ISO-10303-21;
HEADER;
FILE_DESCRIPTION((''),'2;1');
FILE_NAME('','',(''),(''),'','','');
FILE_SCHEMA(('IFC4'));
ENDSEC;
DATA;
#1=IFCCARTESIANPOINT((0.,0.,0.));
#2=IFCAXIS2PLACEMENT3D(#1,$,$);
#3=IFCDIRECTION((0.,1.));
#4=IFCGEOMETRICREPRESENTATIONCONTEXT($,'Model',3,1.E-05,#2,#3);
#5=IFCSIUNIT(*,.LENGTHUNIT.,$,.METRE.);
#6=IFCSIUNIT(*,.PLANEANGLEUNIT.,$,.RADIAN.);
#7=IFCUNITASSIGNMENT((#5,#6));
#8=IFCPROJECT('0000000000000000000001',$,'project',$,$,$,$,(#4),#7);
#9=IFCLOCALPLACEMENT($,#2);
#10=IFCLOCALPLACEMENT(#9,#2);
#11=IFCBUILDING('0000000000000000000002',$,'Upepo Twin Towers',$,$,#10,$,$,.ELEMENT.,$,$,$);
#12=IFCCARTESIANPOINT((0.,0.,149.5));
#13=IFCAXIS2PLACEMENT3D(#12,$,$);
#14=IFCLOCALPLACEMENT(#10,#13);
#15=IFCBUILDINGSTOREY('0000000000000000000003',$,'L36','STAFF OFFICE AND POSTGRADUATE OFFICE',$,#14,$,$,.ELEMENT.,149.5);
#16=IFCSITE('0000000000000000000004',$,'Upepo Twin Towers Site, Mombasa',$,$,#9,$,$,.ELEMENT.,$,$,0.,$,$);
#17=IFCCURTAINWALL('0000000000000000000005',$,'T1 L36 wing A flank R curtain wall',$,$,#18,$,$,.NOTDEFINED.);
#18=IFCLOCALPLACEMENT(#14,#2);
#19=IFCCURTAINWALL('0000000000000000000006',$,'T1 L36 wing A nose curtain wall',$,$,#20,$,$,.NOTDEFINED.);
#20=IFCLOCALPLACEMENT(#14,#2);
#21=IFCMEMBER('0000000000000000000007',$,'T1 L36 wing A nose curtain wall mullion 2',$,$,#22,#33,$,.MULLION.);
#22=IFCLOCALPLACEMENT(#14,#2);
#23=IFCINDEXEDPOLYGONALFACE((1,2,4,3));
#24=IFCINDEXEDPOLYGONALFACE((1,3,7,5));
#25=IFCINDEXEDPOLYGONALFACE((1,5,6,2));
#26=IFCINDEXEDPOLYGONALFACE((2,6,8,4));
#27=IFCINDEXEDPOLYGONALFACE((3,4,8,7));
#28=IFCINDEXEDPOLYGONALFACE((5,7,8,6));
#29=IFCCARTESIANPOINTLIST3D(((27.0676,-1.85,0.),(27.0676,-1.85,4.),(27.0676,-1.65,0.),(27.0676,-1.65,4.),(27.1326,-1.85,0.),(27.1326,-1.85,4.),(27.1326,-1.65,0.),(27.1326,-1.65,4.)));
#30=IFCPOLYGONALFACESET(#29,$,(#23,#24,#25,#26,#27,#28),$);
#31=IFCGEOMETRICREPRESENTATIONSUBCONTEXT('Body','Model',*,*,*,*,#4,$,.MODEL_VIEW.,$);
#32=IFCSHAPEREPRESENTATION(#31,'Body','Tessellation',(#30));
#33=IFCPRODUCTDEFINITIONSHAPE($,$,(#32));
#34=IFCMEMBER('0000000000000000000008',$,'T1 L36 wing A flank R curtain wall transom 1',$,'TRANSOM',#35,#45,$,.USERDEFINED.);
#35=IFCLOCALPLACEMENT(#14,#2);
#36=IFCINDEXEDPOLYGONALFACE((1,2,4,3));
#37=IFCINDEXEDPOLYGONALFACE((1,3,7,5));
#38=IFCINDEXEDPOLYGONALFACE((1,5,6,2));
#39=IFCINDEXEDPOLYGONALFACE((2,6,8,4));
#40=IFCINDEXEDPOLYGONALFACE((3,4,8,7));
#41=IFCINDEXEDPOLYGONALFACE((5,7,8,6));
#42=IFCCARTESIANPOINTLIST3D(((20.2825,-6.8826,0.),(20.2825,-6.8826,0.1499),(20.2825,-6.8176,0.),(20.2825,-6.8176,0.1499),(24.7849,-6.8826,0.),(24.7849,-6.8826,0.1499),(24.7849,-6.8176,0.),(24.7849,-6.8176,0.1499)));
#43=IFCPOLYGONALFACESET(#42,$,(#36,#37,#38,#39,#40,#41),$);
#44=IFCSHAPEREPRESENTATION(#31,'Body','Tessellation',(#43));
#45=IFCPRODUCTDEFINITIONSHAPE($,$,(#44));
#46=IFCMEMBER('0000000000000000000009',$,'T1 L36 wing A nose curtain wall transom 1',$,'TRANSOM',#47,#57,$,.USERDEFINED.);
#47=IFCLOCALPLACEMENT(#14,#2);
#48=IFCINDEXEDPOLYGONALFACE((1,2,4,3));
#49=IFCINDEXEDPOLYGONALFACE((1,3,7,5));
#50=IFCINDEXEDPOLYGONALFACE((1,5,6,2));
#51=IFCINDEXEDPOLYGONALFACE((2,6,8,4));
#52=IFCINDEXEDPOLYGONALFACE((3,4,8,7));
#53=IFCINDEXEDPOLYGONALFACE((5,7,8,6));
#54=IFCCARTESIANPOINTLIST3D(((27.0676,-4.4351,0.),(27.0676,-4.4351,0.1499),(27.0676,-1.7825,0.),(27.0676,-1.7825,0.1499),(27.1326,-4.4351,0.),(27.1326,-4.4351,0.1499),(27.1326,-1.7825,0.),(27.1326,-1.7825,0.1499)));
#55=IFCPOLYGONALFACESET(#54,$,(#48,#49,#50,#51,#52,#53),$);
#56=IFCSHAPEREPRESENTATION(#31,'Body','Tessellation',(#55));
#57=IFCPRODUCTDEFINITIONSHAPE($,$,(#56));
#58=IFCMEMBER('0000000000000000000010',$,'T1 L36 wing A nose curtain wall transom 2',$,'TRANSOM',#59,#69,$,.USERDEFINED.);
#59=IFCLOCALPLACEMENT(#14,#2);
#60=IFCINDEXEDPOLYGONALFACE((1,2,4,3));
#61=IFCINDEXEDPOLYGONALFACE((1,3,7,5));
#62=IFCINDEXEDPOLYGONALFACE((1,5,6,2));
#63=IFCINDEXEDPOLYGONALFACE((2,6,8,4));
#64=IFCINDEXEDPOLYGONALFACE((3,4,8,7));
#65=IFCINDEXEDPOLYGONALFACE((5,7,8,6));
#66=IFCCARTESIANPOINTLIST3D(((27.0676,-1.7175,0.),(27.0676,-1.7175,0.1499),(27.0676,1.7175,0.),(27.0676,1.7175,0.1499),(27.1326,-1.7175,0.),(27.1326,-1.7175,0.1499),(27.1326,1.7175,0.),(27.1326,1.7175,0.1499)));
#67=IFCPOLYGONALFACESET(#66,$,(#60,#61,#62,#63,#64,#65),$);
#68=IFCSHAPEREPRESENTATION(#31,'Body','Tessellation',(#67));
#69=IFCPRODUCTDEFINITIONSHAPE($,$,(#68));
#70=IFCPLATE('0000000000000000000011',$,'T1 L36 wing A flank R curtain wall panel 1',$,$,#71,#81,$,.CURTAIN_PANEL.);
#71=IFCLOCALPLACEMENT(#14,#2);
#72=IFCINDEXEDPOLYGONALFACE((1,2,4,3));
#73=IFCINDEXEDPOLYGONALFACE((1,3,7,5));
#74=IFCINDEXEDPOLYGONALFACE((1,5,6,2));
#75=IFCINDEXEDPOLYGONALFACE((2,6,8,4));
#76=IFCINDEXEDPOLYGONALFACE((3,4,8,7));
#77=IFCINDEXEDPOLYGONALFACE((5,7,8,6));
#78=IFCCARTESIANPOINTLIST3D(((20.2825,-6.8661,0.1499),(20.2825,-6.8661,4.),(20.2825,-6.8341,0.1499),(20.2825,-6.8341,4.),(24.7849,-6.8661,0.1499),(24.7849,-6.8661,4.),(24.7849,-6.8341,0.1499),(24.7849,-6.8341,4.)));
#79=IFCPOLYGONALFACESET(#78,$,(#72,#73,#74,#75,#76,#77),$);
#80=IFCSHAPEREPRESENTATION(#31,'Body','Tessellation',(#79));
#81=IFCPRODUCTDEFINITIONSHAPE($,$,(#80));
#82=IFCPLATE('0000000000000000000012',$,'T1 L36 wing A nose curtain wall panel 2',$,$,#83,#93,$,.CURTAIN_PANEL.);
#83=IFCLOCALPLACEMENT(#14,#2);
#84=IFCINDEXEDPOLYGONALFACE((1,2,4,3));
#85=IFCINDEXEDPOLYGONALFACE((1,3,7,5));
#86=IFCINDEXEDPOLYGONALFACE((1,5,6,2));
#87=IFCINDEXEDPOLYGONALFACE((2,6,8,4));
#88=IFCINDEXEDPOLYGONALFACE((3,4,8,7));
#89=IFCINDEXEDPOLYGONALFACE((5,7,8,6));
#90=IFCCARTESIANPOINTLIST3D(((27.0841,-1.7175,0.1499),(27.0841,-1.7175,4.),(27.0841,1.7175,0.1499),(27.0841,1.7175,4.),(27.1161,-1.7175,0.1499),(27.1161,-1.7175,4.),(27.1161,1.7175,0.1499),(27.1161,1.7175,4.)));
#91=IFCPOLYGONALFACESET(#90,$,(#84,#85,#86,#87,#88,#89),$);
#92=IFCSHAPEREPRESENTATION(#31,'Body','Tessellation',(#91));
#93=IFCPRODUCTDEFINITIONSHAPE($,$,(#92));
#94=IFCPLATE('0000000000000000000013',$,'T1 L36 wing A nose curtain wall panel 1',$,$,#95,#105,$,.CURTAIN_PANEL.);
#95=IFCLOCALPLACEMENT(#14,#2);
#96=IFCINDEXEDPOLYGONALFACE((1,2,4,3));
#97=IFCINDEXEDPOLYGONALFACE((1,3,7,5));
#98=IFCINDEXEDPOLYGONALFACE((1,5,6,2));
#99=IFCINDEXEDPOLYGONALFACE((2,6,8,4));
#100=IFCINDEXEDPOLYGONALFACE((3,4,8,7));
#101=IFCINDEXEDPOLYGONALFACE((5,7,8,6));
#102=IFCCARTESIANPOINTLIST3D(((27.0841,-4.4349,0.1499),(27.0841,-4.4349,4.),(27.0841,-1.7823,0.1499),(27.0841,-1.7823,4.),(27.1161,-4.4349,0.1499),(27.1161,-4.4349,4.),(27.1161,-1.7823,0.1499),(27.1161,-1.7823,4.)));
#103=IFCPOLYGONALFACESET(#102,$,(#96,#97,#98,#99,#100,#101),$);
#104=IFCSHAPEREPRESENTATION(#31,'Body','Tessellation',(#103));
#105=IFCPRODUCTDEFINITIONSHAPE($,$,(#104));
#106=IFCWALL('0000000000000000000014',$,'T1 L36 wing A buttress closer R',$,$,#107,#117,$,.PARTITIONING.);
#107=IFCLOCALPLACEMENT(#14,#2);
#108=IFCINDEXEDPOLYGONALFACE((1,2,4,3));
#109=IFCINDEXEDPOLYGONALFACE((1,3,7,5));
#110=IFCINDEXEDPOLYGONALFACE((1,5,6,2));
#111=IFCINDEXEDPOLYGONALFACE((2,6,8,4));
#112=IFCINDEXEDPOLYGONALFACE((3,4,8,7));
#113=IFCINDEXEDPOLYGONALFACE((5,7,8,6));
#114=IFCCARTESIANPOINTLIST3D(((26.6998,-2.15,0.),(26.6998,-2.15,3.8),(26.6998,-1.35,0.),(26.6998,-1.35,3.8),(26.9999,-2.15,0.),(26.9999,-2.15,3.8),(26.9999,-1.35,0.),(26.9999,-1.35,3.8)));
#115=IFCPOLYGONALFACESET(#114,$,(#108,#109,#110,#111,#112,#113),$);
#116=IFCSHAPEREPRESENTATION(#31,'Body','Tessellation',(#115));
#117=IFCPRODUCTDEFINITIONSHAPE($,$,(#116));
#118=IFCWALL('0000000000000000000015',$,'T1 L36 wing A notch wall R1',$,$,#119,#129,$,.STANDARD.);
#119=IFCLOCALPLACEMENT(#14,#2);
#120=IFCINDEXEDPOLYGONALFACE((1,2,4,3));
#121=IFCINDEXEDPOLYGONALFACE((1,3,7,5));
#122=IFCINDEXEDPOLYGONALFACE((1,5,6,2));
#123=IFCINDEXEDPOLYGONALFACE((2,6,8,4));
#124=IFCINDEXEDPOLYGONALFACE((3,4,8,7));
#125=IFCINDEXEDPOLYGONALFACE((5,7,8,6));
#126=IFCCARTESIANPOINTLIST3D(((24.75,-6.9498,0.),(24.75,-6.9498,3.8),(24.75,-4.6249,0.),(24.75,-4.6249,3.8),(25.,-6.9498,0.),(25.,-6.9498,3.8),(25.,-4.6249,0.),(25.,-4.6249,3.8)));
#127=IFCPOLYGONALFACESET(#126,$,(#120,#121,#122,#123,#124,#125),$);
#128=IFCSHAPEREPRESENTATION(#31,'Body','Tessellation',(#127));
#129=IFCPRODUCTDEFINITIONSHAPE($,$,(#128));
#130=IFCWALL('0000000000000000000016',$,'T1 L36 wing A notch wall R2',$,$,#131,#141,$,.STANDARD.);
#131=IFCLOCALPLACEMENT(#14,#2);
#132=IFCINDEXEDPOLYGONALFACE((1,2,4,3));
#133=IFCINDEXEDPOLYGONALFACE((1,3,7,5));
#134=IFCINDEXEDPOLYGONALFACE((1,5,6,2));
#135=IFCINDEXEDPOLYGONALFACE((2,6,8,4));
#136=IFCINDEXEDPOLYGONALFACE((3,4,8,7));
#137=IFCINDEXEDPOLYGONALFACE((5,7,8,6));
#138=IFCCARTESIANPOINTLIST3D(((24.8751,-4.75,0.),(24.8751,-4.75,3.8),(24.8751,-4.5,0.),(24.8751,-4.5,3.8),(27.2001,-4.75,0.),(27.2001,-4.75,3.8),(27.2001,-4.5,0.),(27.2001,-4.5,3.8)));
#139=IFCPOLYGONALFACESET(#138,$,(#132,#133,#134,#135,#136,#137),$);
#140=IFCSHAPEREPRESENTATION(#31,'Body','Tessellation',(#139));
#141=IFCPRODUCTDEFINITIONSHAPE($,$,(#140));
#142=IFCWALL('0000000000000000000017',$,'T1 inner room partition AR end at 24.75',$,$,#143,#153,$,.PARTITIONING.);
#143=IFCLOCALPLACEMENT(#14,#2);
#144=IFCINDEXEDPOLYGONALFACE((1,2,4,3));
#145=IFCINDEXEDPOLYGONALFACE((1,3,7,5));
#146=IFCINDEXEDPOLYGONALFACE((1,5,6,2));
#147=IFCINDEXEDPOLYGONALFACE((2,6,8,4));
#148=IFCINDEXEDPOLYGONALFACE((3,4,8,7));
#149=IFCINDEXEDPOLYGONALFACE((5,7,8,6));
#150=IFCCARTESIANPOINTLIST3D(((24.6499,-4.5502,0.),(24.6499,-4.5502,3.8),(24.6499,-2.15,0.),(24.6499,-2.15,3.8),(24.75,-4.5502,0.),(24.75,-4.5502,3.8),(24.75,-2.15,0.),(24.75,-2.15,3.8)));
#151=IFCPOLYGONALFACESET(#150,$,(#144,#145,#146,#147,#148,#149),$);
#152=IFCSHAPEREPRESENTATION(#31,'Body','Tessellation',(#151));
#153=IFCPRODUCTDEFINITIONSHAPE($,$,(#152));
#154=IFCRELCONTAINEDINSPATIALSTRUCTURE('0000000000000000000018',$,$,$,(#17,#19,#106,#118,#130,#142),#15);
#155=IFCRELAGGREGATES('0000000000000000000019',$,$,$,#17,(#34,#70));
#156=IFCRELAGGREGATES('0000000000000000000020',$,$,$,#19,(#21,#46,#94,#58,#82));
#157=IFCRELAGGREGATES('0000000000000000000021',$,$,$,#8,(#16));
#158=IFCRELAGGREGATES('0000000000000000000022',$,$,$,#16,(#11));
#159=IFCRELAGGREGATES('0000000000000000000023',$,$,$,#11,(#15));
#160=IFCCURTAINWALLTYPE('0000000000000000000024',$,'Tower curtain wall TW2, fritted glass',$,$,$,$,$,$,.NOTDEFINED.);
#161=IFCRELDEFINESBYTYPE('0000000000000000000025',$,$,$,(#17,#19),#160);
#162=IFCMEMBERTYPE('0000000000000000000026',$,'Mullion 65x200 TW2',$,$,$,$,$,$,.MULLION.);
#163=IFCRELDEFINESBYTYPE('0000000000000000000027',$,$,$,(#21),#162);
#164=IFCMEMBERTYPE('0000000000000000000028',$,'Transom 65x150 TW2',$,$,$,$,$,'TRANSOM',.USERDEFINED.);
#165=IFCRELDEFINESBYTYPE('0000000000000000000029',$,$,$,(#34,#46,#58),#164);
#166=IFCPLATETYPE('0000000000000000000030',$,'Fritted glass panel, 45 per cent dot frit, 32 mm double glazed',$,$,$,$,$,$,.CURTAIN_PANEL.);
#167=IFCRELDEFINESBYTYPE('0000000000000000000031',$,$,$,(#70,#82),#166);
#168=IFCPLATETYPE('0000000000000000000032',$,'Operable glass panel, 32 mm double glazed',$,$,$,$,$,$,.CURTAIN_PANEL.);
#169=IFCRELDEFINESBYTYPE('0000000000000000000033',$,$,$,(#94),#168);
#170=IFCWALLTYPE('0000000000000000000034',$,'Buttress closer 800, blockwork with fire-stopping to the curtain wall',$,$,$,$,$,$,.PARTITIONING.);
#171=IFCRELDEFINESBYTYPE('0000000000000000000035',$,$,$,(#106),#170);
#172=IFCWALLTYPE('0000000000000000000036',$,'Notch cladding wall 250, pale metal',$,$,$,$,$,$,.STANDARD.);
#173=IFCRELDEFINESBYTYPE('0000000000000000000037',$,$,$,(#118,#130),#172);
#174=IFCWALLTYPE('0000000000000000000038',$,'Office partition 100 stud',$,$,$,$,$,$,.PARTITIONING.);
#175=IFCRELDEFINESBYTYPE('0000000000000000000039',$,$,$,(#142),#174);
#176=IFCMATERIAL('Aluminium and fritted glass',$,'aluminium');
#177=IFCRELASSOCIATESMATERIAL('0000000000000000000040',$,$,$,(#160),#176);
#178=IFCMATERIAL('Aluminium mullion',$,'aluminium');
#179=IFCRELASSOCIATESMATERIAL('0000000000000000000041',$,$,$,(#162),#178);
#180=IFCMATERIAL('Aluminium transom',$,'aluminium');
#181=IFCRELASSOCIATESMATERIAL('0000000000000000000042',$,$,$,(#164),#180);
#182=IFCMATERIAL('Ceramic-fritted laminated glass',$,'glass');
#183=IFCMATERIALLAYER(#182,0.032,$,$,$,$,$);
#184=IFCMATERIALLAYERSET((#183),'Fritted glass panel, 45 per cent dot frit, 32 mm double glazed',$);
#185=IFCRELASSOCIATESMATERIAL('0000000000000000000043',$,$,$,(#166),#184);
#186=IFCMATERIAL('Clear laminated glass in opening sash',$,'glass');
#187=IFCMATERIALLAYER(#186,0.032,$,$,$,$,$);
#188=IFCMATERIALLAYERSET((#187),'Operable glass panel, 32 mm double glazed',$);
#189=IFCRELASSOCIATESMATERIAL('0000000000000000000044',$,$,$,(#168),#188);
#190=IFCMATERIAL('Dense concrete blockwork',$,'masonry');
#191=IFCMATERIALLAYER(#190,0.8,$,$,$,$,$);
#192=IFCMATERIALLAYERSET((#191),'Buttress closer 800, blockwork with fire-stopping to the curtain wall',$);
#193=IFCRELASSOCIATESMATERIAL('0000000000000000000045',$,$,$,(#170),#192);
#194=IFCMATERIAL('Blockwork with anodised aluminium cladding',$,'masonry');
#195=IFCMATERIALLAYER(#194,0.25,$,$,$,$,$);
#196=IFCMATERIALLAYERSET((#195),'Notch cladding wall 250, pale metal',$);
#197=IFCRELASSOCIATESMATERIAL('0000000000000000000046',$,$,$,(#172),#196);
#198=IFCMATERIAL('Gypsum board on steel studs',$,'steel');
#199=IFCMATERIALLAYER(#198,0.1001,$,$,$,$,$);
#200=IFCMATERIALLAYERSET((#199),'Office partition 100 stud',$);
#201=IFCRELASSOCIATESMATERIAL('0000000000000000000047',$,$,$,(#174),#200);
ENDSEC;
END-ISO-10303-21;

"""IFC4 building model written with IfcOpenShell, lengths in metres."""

from ifc_helpers import new_model, si_unit, direction, frame, frame_2d, origin, origin_2d, place, context, subcontext, project, spatial, rectangle, extrude, material, layer, layer_set, material_profile, profile_set, type_object, element, aggregate, save


model = new_model("IFC4")

# Units and contexts
model_context = context("Model", 3, precision=1e-05, world=origin(), true_north=direction((0.0, 1.0)))
body_context = subcontext(model_context, "Body", "Model", "MODEL_VIEW")
ifc_project = project(units=[si_unit("LENGTHUNIT", "METRE"), si_unit("PLANEANGLEUNIT", "RADIAN")], contexts=[model_context])

# Site, building, storey
site_placement = place(None, origin())
site = spatial("IfcSite", under=ifc_project, at=site_placement, Name="Upepo Twin Towers Site, Mombasa", CompositionType="ELEMENT", RefElevation=0.0)
building_placement = place(site_placement, origin())
building = spatial("IfcBuilding", under=site, at=building_placement, Name="Upepo Twin Towers", CompositionType="ELEMENT")
storey_placement = place(building_placement, frame((0.0, 0.0, 149.5)))
storey = spatial("IfcBuildingStorey", under=building, at=storey_placement, Name="L36", Description="STAFF OFFICE AND POSTGRADUATE OFFICE", CompositionType="ELEMENT", Elevation=149.5)

# Curtain wall
ifc_material_1 = material(Name="Aluminium and fritted glass", Category="aluminium")
curtain_wall_type = type_object("IfcCurtainWallType", Name="Tower curtain wall TW2, fritted glass", PredefinedType="NOTDEFINED", material=ifc_material_1)
curtain_wall_1_placement = place(storey_placement, origin())
curtain_wall_1 = element("IfcCurtainWall", 1, at=curtain_wall_1_placement, inside=storey, type_object=curtain_wall_type, Name="T1 L36 wing A flank R curtain wall", PredefinedType="NOTDEFINED")
ifc_material_2 = material(Name="Aluminium mullion", Category="aluminium")
ifc_material_profile_1 = material_profile(ifc_material_2, rectangle(XDim=0.0649, YDim=0.2, at=origin_2d()), Name="MULLION 65x200")
ifc_profile_set_1 = profile_set([ifc_material_profile_1], Name="Aluminium mullion")
member_type_1 = type_object("IfcMemberType", Name="Mullion 65x200 TW2", PredefinedType="MULLION", material=ifc_profile_set_1)

# Curtain wall, member
curtain_wall_2_placement = place(storey_placement, origin())
curtain_wall_2 = element("IfcCurtainWall", 2, at=curtain_wall_2_placement, inside=storey, type_object=curtain_wall_type, Name="T1 L36 wing A nose curtain wall", PredefinedType="NOTDEFINED")
member_1_placement = place(storey_placement, frame((27.1001, -1.75, 0.0), z_axis=(0.0, 0.0, 1.0), x_axis=(-1.0, 0.0, 0.0)))
member_1 = element("IfcMember", 3, at=member_1_placement, type_object=member_type_1, Name="T1 L36 wing A nose curtain wall mullion 2", PredefinedType="MULLION", context=body_context, shape_type="SweptSolid", body=[
    extrude(rectangle(XDim=0.0649, YDim=0.2, at=origin_2d()), origin(), (0.0, 0.0, 1.0), 4.0),
])

# Members
ifc_material_3 = material(Name="Aluminium transom", Category="aluminium")
ifc_material_profile_2 = material_profile(ifc_material_3, rectangle(XDim=0.0649, YDim=0.1499, at=origin_2d()), Name="TRANSOM 65x150")
ifc_profile_set_2 = profile_set([ifc_material_profile_2], Name="Aluminium transom")
member_type_2 = type_object("IfcMemberType", Name="Transom 65x150 TW2", ElementType="TRANSOM", PredefinedType="USERDEFINED", material=ifc_profile_set_2)
member_2_placement = place(storey_placement, frame((24.7849, -6.8501, 0.075), z_axis=(-1.0, 0.0, 0.0), x_axis=(0.0, -1.0, 0.0)))
member_2 = element("IfcMember", 4, at=member_2_placement, type_object=member_type_2, Name="T1 L36 wing A flank R curtain wall transom 1", ObjectType="TRANSOM", PredefinedType="USERDEFINED", context=body_context, shape_type="SweptSolid", body=[
    extrude(rectangle(XDim=0.0649, YDim=0.1499, at=origin_2d()), origin(), (0.0, 0.0, 1.0), 4.5024),
])
member_3_placement = place(storey_placement, frame((27.1001, -4.4351, 0.075), z_axis=(0.0, 1.0, 0.0), x_axis=(-1.0, 0.0, 0.0)))
member_3 = element("IfcMember", 5, at=member_3_placement, type_object=member_type_2, Name="T1 L36 wing A nose curtain wall transom 1", ObjectType="TRANSOM", PredefinedType="USERDEFINED", context=body_context, shape_type="SweptSolid", body=[
    extrude(rectangle(XDim=0.0649, YDim=0.1499, at=origin_2d()), origin(), (0.0, 0.0, 1.0), 2.6526),
])
member_4_placement = place(storey_placement, frame((27.1001, -1.7175, 0.075), z_axis=(0.0, 1.0, 0.0), x_axis=(-1.0, 0.0, 0.0)))
member_4 = element("IfcMember", 6, at=member_4_placement, type_object=member_type_2, Name="T1 L36 wing A nose curtain wall transom 2", ObjectType="TRANSOM", PredefinedType="USERDEFINED", context=body_context, shape_type="SweptSolid", body=[
    extrude(rectangle(XDim=0.0649, YDim=0.1499, at=origin_2d()), origin(), (0.0, 0.0, 1.0), 3.4351),
])

# Plates
ifc_material_4 = material(Name="Ceramic-fritted laminated glass", Category="glass")
ifc_layer_1 = layer(ifc_material_4, 0.032)
ifc_layer_set_1 = layer_set([ifc_layer_1], Name="Fritted glass panel, 45 per cent dot frit, 32 mm double glazed")
plate_type_1 = type_object("IfcPlateType", Name="Fritted glass panel, 45 per cent dot frit, 32 mm double glazed", PredefinedType="CURTAIN_PANEL", material=ifc_layer_set_1)
plate_1_placement = place(storey_placement, frame((22.5337, -6.8501, 0.1499), z_axis=(0.0, 0.0, 1.0), x_axis=(-1.0, 0.0, 0.0)))
plate_1 = element("IfcPlate", 7, at=plate_1_placement, type_object=plate_type_1, Name="T1 L36 wing A flank R curtain wall panel 1", PredefinedType="CURTAIN_PANEL", context=body_context, shape_type="SweptSolid", body=[
    extrude(rectangle(XDim=4.5024, YDim=0.032, at=origin_2d()), origin(), (0.0, 0.0, 1.0), 3.8501),
])
aggregate(curtain_wall_1, [member_2, plate_1])
plate_2_placement = place(storey_placement, frame((27.1001, 0.0, 0.1499), z_axis=(0.0, 0.0, 1.0), x_axis=(0.0, 1.0, 0.0)))
plate_2 = element("IfcPlate", 8, at=plate_2_placement, type_object=plate_type_1, Name="T1 L36 wing A nose curtain wall panel 2", PredefinedType="CURTAIN_PANEL", context=body_context, shape_type="SweptSolid", body=[
    extrude(rectangle(XDim=3.4351, YDim=0.032, at=origin_2d()), origin(), (0.0, 0.0, 1.0), 3.8501),
])
ifc_material_5 = material(Name="Clear laminated glass in opening sash", Category="glass")
ifc_layer_2 = layer(ifc_material_5, 0.032)
ifc_layer_set_2 = layer_set([ifc_layer_2], Name="Operable glass panel, 32 mm double glazed")
plate_type_2 = type_object("IfcPlateType", Name="Operable glass panel, 32 mm double glazed", PredefinedType="CURTAIN_PANEL", material=ifc_layer_set_2)
plate_3_placement = place(storey_placement, frame((27.1001, -3.1086, 0.1499), z_axis=(0.0, 0.0, 1.0), x_axis=(0.0, 1.0, 0.0)))
plate_3 = element("IfcPlate", 9, at=plate_3_placement, type_object=plate_type_2, Name="T1 L36 wing A nose curtain wall panel 1", PredefinedType="CURTAIN_PANEL", context=body_context, shape_type="SweptSolid", body=[
    extrude(rectangle(XDim=2.6526, YDim=0.032, at=origin_2d()), origin(), (0.0, 0.0, 1.0), 3.8501),
])
aggregate(curtain_wall_2, [member_1, member_3, plate_3, member_4, plate_2])

# Walls
ifc_material_6 = material(Name="Dense concrete blockwork", Category="masonry")
ifc_layer_3 = layer(ifc_material_6, 0.8)
ifc_layer_set_3 = layer_set([ifc_layer_3], Name="Buttress closer 800, blockwork with fire-stopping to the curtain wall")
wall_type_1 = type_object("IfcWallType", Name="Buttress closer 800, blockwork with fire-stopping to the curtain wall", PredefinedType="PARTITIONING", material=ifc_layer_set_3)
wall_1_placement = place(storey_placement, frame((26.7, -1.75, 0.0), z_axis=(0.0, 0.0, 1.0), x_axis=(1.0, 0.0, 0.0)))
element("IfcWall", 10, at=wall_1_placement, inside=storey, type_object=wall_type_1, Name="T1 L36 wing A buttress closer R", PredefinedType="PARTITIONING", context=body_context, shape_type="SweptSolid", body=[
    extrude(rectangle(XDim=0.3, YDim=0.8, at=frame_2d((0.1499, 0.0))), origin(), (0.0, 0.0, 1.0), 3.8),
])
ifc_material_7 = material(Name="Blockwork with anodised aluminium cladding", Category="masonry")
ifc_layer_4 = layer(ifc_material_7, 0.25)
ifc_layer_set_4 = layer_set([ifc_layer_4], Name="Notch cladding wall 250, pale metal")
wall_type_2 = type_object("IfcWallType", Name="Notch cladding wall 250, pale metal", PredefinedType="STANDARD", material=ifc_layer_set_4)
for number, where, z_axis, x_axis, name in (
    (11, (24.875, -6.95, 0.0), (0.0, 0.0, 1.0), (0.0, 1.0, 0.0), "T1 L36 wing A notch wall R1"),
    (12, (24.875, -4.625, 0.0), (0.0, 0.0, 1.0), (1.0, 0.0, 0.0), "T1 L36 wing A notch wall R2"),
):
    element("IfcWall", number, at=place(storey_placement, frame(where, z_axis=z_axis, x_axis=x_axis)), inside=storey, type_object=wall_type_2, Name=name, PredefinedType="STANDARD", context=body_context, shape_type="SweptSolid", body=[
        extrude(rectangle(XDim=2.325, YDim=0.25, at=frame_2d((1.1626, 0.0))), origin(), (0.0, 0.0, 1.0), 3.8),
    ])
ifc_material_8 = material(Name="Gypsum board on steel studs", Category="steel")
ifc_layer_5 = layer(ifc_material_8, 0.1001)
ifc_layer_set_5 = layer_set([ifc_layer_5], Name="Office partition 100 stud")
wall_type_3 = type_object("IfcWallType", Name="Office partition 100 stud", PredefinedType="PARTITIONING", material=ifc_layer_set_5)
wall_2_placement = place(storey_placement, frame((24.7, -2.1499, 0.0), z_axis=(0.0, 0.0, 1.0), x_axis=(0.0, -1.0, 0.0)))
element("IfcWall", 13, at=wall_2_placement, inside=storey, type_object=wall_type_3, Name="T1 inner room partition AR end at 24.75", PredefinedType="PARTITIONING", context=body_context, shape_type="SweptSolid", body=[
    extrude(rectangle(XDim=2.4001, YDim=0.1001, at=frame_2d((1.2002, 0.0))), origin(), (0.0, 0.0, 1.0), 3.8),
])

save(model, "model.ifc")
